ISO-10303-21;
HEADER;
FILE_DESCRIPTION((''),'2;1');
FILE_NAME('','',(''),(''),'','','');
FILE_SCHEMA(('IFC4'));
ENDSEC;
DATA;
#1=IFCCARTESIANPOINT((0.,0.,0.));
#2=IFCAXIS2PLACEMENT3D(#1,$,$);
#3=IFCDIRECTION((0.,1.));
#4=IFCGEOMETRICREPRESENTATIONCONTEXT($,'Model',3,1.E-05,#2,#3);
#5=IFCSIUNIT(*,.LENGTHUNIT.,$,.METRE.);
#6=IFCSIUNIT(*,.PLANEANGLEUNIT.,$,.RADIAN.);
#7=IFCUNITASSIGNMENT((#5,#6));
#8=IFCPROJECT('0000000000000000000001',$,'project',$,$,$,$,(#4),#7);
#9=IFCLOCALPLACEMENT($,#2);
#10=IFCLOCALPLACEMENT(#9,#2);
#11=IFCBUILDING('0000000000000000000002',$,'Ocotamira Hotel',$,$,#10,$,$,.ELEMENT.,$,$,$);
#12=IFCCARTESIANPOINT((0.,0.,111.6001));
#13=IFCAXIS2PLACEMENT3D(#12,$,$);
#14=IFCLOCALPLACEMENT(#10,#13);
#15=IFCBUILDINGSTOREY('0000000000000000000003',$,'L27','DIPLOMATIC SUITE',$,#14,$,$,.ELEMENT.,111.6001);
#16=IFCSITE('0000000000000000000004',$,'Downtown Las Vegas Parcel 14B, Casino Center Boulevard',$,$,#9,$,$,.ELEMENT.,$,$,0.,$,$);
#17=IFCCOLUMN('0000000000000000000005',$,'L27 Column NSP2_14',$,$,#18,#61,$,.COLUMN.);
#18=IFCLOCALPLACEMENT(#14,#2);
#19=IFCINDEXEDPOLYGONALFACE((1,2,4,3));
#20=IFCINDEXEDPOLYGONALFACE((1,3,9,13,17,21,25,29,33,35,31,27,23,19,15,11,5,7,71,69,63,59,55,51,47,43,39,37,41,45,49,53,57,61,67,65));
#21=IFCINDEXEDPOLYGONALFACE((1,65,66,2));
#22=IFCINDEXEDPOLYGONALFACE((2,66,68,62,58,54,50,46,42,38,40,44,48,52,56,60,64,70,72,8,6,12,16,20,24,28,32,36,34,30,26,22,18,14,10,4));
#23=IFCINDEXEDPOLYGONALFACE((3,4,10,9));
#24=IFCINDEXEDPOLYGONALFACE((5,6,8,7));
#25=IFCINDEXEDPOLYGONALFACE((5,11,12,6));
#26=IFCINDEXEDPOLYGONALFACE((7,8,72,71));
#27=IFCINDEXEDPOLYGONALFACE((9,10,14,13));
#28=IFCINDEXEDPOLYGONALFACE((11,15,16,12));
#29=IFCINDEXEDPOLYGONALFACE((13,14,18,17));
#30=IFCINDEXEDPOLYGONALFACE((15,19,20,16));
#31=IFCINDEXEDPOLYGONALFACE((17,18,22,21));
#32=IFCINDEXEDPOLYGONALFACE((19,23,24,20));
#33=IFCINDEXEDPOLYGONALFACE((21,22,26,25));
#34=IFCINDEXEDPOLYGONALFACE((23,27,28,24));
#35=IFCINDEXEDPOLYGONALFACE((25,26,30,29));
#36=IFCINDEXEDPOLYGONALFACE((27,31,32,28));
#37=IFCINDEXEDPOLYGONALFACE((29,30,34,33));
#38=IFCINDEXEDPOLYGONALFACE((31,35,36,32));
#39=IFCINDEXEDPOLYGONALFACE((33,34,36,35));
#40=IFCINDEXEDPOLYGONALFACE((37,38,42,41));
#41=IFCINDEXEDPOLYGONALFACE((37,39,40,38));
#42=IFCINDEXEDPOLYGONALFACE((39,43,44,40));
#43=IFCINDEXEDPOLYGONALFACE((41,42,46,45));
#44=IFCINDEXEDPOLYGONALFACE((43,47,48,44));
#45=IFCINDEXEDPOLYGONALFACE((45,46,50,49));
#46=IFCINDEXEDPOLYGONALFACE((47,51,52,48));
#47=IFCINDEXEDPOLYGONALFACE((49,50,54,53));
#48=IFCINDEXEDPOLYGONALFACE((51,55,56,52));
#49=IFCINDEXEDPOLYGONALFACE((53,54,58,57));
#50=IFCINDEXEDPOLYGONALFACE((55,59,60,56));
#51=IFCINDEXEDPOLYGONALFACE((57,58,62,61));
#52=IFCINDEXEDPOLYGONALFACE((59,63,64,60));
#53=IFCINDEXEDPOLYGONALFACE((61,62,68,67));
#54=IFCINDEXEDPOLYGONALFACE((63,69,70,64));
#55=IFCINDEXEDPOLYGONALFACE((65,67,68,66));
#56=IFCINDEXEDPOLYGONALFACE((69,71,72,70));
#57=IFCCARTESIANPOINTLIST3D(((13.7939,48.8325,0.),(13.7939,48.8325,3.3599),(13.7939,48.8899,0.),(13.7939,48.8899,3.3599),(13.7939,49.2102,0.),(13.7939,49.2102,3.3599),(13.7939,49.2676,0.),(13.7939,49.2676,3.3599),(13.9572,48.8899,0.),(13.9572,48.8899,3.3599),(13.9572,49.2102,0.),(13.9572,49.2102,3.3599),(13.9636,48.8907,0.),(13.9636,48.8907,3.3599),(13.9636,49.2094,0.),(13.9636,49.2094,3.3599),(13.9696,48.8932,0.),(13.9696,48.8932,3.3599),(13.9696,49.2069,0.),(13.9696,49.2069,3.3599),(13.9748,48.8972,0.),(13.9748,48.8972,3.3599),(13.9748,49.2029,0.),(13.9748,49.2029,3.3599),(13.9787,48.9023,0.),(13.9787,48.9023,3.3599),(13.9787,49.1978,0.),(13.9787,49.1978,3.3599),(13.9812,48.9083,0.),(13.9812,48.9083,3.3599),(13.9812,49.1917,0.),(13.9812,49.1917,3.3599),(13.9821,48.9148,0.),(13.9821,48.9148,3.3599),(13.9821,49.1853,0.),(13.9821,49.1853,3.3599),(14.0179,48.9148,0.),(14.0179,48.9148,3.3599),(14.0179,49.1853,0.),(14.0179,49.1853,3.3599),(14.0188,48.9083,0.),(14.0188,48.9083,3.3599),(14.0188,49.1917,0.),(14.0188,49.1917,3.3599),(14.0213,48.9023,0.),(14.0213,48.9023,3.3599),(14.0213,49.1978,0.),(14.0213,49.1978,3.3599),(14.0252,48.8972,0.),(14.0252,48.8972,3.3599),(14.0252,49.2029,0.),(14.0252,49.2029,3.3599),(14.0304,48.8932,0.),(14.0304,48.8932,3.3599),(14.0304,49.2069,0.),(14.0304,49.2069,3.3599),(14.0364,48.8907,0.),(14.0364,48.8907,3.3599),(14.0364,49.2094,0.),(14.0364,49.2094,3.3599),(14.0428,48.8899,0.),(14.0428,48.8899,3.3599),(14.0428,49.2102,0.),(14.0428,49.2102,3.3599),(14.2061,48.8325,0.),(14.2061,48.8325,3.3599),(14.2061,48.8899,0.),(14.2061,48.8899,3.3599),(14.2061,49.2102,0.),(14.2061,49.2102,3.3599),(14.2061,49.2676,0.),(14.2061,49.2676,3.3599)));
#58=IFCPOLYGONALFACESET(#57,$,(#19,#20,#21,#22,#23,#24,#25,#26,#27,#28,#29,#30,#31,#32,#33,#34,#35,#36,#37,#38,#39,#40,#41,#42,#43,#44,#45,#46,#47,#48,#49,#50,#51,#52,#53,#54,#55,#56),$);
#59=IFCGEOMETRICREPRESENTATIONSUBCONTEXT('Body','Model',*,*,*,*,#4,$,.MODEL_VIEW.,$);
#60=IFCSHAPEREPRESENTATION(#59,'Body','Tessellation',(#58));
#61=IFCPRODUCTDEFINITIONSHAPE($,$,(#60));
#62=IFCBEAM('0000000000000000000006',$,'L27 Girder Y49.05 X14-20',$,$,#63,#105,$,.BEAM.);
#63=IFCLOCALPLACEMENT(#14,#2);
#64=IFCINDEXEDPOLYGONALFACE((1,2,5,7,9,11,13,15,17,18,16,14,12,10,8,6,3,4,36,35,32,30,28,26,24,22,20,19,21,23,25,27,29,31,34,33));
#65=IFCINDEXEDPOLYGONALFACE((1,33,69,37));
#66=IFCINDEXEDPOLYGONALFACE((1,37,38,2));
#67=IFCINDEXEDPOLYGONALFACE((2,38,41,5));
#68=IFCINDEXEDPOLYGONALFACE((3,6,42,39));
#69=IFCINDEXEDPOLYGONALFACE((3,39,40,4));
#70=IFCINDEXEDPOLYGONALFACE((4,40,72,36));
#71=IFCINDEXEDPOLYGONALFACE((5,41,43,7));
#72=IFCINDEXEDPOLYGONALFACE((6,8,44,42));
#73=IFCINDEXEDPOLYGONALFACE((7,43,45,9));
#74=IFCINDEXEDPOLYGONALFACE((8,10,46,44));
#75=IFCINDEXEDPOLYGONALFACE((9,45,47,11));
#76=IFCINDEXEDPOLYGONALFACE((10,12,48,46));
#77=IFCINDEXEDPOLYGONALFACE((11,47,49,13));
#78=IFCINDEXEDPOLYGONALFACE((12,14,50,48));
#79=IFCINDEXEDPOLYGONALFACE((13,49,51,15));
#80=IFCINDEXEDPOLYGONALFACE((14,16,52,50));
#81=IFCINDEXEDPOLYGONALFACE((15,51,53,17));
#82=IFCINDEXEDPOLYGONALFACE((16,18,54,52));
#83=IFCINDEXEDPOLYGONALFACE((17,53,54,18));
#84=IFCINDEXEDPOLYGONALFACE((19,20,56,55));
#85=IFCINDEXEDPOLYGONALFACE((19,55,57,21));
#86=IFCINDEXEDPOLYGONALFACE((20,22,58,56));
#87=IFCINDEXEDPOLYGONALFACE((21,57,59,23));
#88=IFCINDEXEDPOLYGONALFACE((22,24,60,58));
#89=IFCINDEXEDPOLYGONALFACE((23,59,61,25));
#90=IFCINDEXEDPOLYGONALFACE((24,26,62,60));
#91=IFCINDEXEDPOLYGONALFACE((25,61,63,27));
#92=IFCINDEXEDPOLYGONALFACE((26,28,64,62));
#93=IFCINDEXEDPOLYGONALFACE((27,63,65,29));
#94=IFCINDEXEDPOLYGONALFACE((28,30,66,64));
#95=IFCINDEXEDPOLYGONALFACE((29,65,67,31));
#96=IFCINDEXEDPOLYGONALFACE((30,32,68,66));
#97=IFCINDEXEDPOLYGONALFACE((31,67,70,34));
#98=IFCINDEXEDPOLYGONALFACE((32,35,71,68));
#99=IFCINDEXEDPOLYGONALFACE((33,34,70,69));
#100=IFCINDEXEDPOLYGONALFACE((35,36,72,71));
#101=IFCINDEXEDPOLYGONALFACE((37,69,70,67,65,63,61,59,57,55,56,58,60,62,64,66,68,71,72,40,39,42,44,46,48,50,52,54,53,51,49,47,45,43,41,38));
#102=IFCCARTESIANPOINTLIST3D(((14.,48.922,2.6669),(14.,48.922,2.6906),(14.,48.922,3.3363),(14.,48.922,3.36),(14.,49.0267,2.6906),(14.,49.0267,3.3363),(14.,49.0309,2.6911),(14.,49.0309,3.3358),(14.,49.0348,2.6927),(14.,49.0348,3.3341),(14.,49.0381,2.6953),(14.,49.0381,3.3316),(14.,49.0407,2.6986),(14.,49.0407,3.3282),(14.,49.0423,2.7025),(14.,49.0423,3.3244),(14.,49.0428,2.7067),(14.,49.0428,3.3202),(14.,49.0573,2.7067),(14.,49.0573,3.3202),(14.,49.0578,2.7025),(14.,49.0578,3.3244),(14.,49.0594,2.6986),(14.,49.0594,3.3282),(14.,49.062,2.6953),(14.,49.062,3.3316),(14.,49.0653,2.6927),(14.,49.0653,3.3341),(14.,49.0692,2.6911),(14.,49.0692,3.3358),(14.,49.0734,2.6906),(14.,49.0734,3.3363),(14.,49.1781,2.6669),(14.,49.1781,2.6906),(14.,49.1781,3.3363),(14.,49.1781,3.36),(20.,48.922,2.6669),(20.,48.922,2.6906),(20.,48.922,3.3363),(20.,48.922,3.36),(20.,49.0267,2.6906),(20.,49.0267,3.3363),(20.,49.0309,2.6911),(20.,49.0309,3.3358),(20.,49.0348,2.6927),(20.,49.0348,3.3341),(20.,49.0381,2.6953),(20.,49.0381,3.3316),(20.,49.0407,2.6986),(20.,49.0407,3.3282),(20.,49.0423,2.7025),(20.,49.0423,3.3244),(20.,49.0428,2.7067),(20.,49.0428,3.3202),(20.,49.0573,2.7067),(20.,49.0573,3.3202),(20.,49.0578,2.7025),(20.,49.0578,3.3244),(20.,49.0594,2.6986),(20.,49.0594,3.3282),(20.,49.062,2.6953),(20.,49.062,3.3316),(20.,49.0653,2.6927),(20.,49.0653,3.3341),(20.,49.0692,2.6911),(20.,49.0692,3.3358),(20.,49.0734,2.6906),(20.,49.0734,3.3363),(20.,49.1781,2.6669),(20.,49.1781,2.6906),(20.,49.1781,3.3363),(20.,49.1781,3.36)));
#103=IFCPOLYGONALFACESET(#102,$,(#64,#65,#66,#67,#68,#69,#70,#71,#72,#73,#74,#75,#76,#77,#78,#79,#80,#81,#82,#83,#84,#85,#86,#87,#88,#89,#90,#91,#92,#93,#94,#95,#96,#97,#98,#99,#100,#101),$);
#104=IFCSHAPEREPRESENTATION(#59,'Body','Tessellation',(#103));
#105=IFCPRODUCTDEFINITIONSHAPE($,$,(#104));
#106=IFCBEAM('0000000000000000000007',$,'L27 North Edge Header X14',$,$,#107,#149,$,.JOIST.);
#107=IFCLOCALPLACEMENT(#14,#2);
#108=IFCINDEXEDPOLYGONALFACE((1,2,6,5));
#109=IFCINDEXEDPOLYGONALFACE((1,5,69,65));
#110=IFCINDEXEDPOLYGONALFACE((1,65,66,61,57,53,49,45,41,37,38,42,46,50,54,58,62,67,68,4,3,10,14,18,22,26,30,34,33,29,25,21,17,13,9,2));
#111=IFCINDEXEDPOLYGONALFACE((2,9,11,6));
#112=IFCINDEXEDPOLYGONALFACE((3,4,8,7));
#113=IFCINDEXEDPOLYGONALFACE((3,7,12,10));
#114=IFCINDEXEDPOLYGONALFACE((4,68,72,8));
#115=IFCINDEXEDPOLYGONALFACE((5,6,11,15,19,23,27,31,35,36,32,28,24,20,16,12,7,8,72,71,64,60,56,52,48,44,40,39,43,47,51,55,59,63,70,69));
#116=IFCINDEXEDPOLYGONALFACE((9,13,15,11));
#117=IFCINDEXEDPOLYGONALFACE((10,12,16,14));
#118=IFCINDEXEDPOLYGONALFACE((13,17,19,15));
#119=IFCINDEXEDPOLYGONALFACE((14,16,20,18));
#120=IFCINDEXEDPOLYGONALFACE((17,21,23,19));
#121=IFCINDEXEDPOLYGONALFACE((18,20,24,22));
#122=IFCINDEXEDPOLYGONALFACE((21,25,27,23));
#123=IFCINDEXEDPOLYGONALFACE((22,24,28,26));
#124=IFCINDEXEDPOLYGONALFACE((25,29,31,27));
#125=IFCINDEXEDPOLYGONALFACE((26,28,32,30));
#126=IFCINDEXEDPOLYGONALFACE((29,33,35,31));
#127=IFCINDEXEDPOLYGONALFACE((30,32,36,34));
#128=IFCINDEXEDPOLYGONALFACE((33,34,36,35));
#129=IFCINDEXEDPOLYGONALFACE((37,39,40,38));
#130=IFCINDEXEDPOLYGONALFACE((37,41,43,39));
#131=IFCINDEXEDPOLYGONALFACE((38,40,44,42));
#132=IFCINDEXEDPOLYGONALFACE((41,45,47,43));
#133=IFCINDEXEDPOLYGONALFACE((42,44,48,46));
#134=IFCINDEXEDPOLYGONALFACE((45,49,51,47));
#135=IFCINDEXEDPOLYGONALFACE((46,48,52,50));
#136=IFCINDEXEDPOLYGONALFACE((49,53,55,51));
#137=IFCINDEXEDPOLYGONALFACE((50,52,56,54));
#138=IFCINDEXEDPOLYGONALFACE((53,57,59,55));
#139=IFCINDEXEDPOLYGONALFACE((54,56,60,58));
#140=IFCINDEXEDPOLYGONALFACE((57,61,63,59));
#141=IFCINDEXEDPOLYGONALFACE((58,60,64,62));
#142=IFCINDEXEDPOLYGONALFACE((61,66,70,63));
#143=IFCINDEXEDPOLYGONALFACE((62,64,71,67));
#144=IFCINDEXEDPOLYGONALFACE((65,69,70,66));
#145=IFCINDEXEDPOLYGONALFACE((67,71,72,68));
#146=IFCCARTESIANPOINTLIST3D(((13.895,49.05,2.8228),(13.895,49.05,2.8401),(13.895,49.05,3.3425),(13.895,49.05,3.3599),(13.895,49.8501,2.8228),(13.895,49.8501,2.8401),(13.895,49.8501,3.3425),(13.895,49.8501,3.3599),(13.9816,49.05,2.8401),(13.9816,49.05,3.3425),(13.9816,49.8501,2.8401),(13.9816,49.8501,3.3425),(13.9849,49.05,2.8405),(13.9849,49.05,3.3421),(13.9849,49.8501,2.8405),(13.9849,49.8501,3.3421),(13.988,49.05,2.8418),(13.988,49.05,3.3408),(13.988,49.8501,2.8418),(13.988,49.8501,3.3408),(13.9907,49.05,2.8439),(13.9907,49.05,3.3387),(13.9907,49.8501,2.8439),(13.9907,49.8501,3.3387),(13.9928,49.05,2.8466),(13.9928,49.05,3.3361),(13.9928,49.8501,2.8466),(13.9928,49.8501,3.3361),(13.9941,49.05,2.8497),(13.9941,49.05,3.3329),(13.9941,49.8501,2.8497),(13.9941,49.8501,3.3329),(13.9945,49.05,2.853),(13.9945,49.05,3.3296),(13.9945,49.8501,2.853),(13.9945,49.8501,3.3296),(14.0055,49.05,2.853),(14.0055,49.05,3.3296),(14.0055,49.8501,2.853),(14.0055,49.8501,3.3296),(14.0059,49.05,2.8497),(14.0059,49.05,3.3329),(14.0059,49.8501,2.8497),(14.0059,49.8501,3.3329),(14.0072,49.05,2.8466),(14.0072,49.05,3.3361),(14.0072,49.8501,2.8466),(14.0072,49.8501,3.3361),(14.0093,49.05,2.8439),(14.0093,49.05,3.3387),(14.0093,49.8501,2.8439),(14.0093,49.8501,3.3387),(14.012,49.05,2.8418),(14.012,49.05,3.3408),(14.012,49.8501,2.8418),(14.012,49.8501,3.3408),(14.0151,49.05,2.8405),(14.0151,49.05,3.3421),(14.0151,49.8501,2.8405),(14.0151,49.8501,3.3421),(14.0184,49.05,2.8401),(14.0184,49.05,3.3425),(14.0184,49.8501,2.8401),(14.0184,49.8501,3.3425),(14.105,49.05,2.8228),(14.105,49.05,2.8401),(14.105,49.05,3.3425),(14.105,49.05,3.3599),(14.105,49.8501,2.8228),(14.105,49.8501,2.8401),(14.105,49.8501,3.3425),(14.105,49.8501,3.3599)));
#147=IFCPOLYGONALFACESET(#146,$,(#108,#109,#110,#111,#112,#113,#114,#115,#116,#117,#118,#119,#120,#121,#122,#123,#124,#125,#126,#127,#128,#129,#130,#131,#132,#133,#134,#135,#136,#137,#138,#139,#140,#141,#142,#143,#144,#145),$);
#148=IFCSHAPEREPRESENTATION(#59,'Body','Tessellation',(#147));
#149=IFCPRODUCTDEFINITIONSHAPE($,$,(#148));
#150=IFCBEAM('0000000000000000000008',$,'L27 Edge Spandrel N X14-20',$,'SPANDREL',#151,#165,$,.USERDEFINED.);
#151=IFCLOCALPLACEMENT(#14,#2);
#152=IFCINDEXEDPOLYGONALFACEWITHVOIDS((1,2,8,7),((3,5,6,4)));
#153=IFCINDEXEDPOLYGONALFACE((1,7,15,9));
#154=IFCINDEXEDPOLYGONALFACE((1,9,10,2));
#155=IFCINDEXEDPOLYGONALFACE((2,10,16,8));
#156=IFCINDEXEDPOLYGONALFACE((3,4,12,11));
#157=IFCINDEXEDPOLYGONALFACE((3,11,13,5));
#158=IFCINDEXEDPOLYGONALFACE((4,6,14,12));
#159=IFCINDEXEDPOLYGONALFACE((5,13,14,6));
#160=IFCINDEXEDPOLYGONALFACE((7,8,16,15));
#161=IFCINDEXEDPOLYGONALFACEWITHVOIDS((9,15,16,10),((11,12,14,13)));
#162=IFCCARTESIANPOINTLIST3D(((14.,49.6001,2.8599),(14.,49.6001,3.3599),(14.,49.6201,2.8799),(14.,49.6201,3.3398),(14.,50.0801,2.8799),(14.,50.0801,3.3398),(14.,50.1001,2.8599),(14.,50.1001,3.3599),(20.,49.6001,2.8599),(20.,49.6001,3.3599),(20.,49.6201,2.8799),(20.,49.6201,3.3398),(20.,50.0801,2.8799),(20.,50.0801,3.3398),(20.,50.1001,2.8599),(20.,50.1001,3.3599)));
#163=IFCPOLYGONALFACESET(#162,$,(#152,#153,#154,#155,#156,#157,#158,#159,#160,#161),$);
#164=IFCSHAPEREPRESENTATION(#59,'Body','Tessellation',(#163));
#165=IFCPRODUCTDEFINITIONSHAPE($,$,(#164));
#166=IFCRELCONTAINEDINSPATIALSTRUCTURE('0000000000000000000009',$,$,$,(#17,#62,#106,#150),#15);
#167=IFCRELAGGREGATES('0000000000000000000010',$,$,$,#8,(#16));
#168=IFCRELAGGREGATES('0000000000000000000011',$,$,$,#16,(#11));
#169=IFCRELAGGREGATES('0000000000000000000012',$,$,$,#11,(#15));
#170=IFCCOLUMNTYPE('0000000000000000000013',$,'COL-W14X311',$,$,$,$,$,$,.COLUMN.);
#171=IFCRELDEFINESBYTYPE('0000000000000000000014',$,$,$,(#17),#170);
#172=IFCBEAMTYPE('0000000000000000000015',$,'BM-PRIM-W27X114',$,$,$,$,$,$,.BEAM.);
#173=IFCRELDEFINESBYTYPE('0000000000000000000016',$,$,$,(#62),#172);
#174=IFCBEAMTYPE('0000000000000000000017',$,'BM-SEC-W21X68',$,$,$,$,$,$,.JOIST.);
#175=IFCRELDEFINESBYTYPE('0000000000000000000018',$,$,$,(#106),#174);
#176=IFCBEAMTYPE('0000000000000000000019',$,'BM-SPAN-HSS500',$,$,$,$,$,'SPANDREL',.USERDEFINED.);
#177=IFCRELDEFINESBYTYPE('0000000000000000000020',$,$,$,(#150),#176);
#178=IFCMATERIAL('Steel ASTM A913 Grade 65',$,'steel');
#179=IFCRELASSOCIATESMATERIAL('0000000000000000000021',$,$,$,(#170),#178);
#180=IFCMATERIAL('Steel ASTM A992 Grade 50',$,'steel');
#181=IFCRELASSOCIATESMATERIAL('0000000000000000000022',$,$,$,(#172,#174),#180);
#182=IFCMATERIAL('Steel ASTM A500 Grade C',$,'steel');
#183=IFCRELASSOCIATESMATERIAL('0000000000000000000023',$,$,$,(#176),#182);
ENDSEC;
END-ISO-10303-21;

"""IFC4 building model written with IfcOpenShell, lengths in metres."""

from ifc_helpers import new_model, si_unit, direction, frame, origin, origin_2d, place, context, subcontext, project, spatial, hollow_rectangle, i_section, extrude, source, transform, mapped, material, material_profile, profile_set, type_object, element, save


model = new_model("IFC4")

# Units and contexts
model_context = context("Model", 3, precision=1e-05, world=origin(), true_north=direction((0.0, 1.0)))
body_context = subcontext(model_context, "Body", "Model", "MODEL_VIEW")
ifc_project = project(units=[si_unit("LENGTHUNIT", "METRE"), si_unit("PLANEANGLEUNIT", "RADIAN")], contexts=[model_context])

# Site, building, storey
site_placement = place(None, origin())
site = spatial("IfcSite", under=ifc_project, at=site_placement, Name="Downtown Las Vegas Parcel 14B, Casino Center Boulevard", CompositionType="ELEMENT", RefElevation=0.0)
building_placement = place(site_placement, origin())
building = spatial("IfcBuilding", under=site, at=building_placement, Name="Ocotamira Hotel", CompositionType="ELEMENT")
storey_placement = place(building_placement, frame((0.0, 0.0, 111.6001)))
storey = spatial("IfcBuildingStorey", under=building, at=storey_placement, Name="L27", Description="DIPLOMATIC SUITE", CompositionType="ELEMENT", Elevation=111.6001)

# Column
ifc_material_1 = material(Name="Steel ASTM A913 Grade 65", Category="steel")
ifc_material_profile_1 = material_profile(ifc_material_1, i_section(OverallWidth=0.4121, OverallDepth=0.4351, WebThickness=0.0359, FlangeThickness=0.0574, FilletRadius=0.0249, at=origin_2d()), Name="W14X311")
ifc_profile_set_1 = profile_set([ifc_material_profile_1], Name="Steel ASTM A913 Grade 65")
column_type = type_object("IfcColumnType", Name="COL-W14X311", PredefinedType="COLUMN", material=ifc_profile_set_1)
shared_shape_1 = source(origin(), body_context, "Body", "SweptSolid", [
    extrude(i_section(OverallWidth=0.4121, OverallDepth=0.4351, WebThickness=0.0359, FlangeThickness=0.0574, FilletRadius=0.0249, at=origin_2d()), origin(), (0.0, 0.0, 1.0), 3.3599),
])
column_placement = place(storey_placement, frame((14.0, 49.05, 0.0), z_axis=(0.0, 0.0, 1.0), x_axis=(1.0, 0.0, 0.0)))
element("IfcColumn", 1, at=column_placement, inside=storey, type_object=column_type, Name="L27 Column NSP2_14", PredefinedType="COLUMN", context=body_context, shape_type="MappedRepresentation", body=[
    mapped(shared_shape_1, transform((0.0, 0.0, 0.0), scale=1.0)),
])

# Beams
ifc_material_2 = material(Name="Steel ASTM A992 Grade 50", Category="steel")
ifc_material_profile_2 = material_profile(ifc_material_2, i_section(OverallWidth=0.2561, OverallDepth=0.6931, WebThickness=0.0144, FlangeThickness=0.0237, FilletRadius=0.0161, at=origin_2d()), Name="W27X114")
ifc_profile_set_2 = profile_set([ifc_material_profile_2], Name="Steel ASTM A992 Grade 50")
beam_type_1 = type_object("IfcBeamType", Name="BM-PRIM-W27X114", PredefinedType="BEAM", material=ifc_profile_set_2)
shared_shape_2 = source(origin(), body_context, "Body", "SweptSolid", [
    extrude(i_section(OverallWidth=0.2561, OverallDepth=0.6931, WebThickness=0.0144, FlangeThickness=0.0237, FilletRadius=0.0161, at=origin_2d()), origin(), (0.0, 0.0, 1.0), 6.0),
])
beam_1_placement = place(storey_placement, frame((14.0, 49.05, 3.0134), z_axis=(1.0, 0.0, 0.0), x_axis=(0.0, 1.0, 0.0)))
element("IfcBeam", 2, at=beam_1_placement, inside=storey, type_object=beam_type_1, Name="L27 Girder Y49.05 X14-20", PredefinedType="BEAM", context=body_context, shape_type="MappedRepresentation", body=[
    mapped(shared_shape_2, transform((0.0, 0.0, 0.0), scale=1.0)),
])
ifc_material_profile_3 = material_profile(ifc_material_2, i_section(OverallWidth=0.21, OverallDepth=0.5371, WebThickness=0.011, FlangeThickness=0.0173, FilletRadius=0.0129, at=origin_2d()), Name="W21X68")
ifc_profile_set_3 = profile_set([ifc_material_profile_3], Name="Steel ASTM A992 Grade 50")
beam_type_2 = type_object("IfcBeamType", Name="BM-SEC-W21X68", PredefinedType="JOIST", material=ifc_profile_set_3)
shared_shape_3 = source(origin(), body_context, "Body", "SweptSolid", [
    extrude(i_section(OverallWidth=0.21, OverallDepth=0.5371, WebThickness=0.011, FlangeThickness=0.0173, FilletRadius=0.0129, at=origin_2d()), origin(), (0.0, 0.0, 1.0), 0.8),
])
beam_2_placement = place(storey_placement, frame((14.0, 49.05, 3.0913), z_axis=(0.0, 1.0, 0.0), x_axis=(-1.0, 0.0, 0.0)))
element("IfcBeam", 3, at=beam_2_placement, inside=storey, type_object=beam_type_2, Name="L27 North Edge Header X14", PredefinedType="JOIST", context=body_context, shape_type="MappedRepresentation", body=[
    mapped(shared_shape_3, transform((0.0, 0.0, 0.0), scale=1.0)),
])
ifc_material_3 = material(Name="Steel ASTM A500 Grade C", Category="steel")
ifc_material_profile_4 = material_profile(ifc_material_3, hollow_rectangle(XDim=0.5, YDim=0.5, WallThickness=0.02, at=origin_2d()), Name="HSS500X500X20")
ifc_profile_set_4 = profile_set([ifc_material_profile_4], Name="Steel ASTM A500 Grade C")
beam_type_3 = type_object("IfcBeamType", Name="BM-SPAN-HSS500", ElementType="SPANDREL", PredefinedType="USERDEFINED", material=ifc_profile_set_4)
shared_shape_4 = source(origin(), body_context, "Body", "SweptSolid", [
    extrude(hollow_rectangle(XDim=0.5, YDim=0.5, WallThickness=0.02, at=origin_2d()), origin(), (0.0, 0.0, 1.0), 6.0),
])
beam_3_placement = place(storey_placement, frame((14.0, 49.8501, 3.1099), z_axis=(1.0, 0.0, 0.0), x_axis=(0.0, 1.0, 0.0)))
element("IfcBeam", 4, at=beam_3_placement, inside=storey, type_object=beam_type_3, Name="L27 Edge Spandrel N X14-20", ObjectType="SPANDREL", PredefinedType="USERDEFINED", context=body_context, shape_type="MappedRepresentation", body=[
    mapped(shared_shape_4, transform((0.0, 0.0, 0.0), scale=1.0)),
])

save(model, "model.ifc")
